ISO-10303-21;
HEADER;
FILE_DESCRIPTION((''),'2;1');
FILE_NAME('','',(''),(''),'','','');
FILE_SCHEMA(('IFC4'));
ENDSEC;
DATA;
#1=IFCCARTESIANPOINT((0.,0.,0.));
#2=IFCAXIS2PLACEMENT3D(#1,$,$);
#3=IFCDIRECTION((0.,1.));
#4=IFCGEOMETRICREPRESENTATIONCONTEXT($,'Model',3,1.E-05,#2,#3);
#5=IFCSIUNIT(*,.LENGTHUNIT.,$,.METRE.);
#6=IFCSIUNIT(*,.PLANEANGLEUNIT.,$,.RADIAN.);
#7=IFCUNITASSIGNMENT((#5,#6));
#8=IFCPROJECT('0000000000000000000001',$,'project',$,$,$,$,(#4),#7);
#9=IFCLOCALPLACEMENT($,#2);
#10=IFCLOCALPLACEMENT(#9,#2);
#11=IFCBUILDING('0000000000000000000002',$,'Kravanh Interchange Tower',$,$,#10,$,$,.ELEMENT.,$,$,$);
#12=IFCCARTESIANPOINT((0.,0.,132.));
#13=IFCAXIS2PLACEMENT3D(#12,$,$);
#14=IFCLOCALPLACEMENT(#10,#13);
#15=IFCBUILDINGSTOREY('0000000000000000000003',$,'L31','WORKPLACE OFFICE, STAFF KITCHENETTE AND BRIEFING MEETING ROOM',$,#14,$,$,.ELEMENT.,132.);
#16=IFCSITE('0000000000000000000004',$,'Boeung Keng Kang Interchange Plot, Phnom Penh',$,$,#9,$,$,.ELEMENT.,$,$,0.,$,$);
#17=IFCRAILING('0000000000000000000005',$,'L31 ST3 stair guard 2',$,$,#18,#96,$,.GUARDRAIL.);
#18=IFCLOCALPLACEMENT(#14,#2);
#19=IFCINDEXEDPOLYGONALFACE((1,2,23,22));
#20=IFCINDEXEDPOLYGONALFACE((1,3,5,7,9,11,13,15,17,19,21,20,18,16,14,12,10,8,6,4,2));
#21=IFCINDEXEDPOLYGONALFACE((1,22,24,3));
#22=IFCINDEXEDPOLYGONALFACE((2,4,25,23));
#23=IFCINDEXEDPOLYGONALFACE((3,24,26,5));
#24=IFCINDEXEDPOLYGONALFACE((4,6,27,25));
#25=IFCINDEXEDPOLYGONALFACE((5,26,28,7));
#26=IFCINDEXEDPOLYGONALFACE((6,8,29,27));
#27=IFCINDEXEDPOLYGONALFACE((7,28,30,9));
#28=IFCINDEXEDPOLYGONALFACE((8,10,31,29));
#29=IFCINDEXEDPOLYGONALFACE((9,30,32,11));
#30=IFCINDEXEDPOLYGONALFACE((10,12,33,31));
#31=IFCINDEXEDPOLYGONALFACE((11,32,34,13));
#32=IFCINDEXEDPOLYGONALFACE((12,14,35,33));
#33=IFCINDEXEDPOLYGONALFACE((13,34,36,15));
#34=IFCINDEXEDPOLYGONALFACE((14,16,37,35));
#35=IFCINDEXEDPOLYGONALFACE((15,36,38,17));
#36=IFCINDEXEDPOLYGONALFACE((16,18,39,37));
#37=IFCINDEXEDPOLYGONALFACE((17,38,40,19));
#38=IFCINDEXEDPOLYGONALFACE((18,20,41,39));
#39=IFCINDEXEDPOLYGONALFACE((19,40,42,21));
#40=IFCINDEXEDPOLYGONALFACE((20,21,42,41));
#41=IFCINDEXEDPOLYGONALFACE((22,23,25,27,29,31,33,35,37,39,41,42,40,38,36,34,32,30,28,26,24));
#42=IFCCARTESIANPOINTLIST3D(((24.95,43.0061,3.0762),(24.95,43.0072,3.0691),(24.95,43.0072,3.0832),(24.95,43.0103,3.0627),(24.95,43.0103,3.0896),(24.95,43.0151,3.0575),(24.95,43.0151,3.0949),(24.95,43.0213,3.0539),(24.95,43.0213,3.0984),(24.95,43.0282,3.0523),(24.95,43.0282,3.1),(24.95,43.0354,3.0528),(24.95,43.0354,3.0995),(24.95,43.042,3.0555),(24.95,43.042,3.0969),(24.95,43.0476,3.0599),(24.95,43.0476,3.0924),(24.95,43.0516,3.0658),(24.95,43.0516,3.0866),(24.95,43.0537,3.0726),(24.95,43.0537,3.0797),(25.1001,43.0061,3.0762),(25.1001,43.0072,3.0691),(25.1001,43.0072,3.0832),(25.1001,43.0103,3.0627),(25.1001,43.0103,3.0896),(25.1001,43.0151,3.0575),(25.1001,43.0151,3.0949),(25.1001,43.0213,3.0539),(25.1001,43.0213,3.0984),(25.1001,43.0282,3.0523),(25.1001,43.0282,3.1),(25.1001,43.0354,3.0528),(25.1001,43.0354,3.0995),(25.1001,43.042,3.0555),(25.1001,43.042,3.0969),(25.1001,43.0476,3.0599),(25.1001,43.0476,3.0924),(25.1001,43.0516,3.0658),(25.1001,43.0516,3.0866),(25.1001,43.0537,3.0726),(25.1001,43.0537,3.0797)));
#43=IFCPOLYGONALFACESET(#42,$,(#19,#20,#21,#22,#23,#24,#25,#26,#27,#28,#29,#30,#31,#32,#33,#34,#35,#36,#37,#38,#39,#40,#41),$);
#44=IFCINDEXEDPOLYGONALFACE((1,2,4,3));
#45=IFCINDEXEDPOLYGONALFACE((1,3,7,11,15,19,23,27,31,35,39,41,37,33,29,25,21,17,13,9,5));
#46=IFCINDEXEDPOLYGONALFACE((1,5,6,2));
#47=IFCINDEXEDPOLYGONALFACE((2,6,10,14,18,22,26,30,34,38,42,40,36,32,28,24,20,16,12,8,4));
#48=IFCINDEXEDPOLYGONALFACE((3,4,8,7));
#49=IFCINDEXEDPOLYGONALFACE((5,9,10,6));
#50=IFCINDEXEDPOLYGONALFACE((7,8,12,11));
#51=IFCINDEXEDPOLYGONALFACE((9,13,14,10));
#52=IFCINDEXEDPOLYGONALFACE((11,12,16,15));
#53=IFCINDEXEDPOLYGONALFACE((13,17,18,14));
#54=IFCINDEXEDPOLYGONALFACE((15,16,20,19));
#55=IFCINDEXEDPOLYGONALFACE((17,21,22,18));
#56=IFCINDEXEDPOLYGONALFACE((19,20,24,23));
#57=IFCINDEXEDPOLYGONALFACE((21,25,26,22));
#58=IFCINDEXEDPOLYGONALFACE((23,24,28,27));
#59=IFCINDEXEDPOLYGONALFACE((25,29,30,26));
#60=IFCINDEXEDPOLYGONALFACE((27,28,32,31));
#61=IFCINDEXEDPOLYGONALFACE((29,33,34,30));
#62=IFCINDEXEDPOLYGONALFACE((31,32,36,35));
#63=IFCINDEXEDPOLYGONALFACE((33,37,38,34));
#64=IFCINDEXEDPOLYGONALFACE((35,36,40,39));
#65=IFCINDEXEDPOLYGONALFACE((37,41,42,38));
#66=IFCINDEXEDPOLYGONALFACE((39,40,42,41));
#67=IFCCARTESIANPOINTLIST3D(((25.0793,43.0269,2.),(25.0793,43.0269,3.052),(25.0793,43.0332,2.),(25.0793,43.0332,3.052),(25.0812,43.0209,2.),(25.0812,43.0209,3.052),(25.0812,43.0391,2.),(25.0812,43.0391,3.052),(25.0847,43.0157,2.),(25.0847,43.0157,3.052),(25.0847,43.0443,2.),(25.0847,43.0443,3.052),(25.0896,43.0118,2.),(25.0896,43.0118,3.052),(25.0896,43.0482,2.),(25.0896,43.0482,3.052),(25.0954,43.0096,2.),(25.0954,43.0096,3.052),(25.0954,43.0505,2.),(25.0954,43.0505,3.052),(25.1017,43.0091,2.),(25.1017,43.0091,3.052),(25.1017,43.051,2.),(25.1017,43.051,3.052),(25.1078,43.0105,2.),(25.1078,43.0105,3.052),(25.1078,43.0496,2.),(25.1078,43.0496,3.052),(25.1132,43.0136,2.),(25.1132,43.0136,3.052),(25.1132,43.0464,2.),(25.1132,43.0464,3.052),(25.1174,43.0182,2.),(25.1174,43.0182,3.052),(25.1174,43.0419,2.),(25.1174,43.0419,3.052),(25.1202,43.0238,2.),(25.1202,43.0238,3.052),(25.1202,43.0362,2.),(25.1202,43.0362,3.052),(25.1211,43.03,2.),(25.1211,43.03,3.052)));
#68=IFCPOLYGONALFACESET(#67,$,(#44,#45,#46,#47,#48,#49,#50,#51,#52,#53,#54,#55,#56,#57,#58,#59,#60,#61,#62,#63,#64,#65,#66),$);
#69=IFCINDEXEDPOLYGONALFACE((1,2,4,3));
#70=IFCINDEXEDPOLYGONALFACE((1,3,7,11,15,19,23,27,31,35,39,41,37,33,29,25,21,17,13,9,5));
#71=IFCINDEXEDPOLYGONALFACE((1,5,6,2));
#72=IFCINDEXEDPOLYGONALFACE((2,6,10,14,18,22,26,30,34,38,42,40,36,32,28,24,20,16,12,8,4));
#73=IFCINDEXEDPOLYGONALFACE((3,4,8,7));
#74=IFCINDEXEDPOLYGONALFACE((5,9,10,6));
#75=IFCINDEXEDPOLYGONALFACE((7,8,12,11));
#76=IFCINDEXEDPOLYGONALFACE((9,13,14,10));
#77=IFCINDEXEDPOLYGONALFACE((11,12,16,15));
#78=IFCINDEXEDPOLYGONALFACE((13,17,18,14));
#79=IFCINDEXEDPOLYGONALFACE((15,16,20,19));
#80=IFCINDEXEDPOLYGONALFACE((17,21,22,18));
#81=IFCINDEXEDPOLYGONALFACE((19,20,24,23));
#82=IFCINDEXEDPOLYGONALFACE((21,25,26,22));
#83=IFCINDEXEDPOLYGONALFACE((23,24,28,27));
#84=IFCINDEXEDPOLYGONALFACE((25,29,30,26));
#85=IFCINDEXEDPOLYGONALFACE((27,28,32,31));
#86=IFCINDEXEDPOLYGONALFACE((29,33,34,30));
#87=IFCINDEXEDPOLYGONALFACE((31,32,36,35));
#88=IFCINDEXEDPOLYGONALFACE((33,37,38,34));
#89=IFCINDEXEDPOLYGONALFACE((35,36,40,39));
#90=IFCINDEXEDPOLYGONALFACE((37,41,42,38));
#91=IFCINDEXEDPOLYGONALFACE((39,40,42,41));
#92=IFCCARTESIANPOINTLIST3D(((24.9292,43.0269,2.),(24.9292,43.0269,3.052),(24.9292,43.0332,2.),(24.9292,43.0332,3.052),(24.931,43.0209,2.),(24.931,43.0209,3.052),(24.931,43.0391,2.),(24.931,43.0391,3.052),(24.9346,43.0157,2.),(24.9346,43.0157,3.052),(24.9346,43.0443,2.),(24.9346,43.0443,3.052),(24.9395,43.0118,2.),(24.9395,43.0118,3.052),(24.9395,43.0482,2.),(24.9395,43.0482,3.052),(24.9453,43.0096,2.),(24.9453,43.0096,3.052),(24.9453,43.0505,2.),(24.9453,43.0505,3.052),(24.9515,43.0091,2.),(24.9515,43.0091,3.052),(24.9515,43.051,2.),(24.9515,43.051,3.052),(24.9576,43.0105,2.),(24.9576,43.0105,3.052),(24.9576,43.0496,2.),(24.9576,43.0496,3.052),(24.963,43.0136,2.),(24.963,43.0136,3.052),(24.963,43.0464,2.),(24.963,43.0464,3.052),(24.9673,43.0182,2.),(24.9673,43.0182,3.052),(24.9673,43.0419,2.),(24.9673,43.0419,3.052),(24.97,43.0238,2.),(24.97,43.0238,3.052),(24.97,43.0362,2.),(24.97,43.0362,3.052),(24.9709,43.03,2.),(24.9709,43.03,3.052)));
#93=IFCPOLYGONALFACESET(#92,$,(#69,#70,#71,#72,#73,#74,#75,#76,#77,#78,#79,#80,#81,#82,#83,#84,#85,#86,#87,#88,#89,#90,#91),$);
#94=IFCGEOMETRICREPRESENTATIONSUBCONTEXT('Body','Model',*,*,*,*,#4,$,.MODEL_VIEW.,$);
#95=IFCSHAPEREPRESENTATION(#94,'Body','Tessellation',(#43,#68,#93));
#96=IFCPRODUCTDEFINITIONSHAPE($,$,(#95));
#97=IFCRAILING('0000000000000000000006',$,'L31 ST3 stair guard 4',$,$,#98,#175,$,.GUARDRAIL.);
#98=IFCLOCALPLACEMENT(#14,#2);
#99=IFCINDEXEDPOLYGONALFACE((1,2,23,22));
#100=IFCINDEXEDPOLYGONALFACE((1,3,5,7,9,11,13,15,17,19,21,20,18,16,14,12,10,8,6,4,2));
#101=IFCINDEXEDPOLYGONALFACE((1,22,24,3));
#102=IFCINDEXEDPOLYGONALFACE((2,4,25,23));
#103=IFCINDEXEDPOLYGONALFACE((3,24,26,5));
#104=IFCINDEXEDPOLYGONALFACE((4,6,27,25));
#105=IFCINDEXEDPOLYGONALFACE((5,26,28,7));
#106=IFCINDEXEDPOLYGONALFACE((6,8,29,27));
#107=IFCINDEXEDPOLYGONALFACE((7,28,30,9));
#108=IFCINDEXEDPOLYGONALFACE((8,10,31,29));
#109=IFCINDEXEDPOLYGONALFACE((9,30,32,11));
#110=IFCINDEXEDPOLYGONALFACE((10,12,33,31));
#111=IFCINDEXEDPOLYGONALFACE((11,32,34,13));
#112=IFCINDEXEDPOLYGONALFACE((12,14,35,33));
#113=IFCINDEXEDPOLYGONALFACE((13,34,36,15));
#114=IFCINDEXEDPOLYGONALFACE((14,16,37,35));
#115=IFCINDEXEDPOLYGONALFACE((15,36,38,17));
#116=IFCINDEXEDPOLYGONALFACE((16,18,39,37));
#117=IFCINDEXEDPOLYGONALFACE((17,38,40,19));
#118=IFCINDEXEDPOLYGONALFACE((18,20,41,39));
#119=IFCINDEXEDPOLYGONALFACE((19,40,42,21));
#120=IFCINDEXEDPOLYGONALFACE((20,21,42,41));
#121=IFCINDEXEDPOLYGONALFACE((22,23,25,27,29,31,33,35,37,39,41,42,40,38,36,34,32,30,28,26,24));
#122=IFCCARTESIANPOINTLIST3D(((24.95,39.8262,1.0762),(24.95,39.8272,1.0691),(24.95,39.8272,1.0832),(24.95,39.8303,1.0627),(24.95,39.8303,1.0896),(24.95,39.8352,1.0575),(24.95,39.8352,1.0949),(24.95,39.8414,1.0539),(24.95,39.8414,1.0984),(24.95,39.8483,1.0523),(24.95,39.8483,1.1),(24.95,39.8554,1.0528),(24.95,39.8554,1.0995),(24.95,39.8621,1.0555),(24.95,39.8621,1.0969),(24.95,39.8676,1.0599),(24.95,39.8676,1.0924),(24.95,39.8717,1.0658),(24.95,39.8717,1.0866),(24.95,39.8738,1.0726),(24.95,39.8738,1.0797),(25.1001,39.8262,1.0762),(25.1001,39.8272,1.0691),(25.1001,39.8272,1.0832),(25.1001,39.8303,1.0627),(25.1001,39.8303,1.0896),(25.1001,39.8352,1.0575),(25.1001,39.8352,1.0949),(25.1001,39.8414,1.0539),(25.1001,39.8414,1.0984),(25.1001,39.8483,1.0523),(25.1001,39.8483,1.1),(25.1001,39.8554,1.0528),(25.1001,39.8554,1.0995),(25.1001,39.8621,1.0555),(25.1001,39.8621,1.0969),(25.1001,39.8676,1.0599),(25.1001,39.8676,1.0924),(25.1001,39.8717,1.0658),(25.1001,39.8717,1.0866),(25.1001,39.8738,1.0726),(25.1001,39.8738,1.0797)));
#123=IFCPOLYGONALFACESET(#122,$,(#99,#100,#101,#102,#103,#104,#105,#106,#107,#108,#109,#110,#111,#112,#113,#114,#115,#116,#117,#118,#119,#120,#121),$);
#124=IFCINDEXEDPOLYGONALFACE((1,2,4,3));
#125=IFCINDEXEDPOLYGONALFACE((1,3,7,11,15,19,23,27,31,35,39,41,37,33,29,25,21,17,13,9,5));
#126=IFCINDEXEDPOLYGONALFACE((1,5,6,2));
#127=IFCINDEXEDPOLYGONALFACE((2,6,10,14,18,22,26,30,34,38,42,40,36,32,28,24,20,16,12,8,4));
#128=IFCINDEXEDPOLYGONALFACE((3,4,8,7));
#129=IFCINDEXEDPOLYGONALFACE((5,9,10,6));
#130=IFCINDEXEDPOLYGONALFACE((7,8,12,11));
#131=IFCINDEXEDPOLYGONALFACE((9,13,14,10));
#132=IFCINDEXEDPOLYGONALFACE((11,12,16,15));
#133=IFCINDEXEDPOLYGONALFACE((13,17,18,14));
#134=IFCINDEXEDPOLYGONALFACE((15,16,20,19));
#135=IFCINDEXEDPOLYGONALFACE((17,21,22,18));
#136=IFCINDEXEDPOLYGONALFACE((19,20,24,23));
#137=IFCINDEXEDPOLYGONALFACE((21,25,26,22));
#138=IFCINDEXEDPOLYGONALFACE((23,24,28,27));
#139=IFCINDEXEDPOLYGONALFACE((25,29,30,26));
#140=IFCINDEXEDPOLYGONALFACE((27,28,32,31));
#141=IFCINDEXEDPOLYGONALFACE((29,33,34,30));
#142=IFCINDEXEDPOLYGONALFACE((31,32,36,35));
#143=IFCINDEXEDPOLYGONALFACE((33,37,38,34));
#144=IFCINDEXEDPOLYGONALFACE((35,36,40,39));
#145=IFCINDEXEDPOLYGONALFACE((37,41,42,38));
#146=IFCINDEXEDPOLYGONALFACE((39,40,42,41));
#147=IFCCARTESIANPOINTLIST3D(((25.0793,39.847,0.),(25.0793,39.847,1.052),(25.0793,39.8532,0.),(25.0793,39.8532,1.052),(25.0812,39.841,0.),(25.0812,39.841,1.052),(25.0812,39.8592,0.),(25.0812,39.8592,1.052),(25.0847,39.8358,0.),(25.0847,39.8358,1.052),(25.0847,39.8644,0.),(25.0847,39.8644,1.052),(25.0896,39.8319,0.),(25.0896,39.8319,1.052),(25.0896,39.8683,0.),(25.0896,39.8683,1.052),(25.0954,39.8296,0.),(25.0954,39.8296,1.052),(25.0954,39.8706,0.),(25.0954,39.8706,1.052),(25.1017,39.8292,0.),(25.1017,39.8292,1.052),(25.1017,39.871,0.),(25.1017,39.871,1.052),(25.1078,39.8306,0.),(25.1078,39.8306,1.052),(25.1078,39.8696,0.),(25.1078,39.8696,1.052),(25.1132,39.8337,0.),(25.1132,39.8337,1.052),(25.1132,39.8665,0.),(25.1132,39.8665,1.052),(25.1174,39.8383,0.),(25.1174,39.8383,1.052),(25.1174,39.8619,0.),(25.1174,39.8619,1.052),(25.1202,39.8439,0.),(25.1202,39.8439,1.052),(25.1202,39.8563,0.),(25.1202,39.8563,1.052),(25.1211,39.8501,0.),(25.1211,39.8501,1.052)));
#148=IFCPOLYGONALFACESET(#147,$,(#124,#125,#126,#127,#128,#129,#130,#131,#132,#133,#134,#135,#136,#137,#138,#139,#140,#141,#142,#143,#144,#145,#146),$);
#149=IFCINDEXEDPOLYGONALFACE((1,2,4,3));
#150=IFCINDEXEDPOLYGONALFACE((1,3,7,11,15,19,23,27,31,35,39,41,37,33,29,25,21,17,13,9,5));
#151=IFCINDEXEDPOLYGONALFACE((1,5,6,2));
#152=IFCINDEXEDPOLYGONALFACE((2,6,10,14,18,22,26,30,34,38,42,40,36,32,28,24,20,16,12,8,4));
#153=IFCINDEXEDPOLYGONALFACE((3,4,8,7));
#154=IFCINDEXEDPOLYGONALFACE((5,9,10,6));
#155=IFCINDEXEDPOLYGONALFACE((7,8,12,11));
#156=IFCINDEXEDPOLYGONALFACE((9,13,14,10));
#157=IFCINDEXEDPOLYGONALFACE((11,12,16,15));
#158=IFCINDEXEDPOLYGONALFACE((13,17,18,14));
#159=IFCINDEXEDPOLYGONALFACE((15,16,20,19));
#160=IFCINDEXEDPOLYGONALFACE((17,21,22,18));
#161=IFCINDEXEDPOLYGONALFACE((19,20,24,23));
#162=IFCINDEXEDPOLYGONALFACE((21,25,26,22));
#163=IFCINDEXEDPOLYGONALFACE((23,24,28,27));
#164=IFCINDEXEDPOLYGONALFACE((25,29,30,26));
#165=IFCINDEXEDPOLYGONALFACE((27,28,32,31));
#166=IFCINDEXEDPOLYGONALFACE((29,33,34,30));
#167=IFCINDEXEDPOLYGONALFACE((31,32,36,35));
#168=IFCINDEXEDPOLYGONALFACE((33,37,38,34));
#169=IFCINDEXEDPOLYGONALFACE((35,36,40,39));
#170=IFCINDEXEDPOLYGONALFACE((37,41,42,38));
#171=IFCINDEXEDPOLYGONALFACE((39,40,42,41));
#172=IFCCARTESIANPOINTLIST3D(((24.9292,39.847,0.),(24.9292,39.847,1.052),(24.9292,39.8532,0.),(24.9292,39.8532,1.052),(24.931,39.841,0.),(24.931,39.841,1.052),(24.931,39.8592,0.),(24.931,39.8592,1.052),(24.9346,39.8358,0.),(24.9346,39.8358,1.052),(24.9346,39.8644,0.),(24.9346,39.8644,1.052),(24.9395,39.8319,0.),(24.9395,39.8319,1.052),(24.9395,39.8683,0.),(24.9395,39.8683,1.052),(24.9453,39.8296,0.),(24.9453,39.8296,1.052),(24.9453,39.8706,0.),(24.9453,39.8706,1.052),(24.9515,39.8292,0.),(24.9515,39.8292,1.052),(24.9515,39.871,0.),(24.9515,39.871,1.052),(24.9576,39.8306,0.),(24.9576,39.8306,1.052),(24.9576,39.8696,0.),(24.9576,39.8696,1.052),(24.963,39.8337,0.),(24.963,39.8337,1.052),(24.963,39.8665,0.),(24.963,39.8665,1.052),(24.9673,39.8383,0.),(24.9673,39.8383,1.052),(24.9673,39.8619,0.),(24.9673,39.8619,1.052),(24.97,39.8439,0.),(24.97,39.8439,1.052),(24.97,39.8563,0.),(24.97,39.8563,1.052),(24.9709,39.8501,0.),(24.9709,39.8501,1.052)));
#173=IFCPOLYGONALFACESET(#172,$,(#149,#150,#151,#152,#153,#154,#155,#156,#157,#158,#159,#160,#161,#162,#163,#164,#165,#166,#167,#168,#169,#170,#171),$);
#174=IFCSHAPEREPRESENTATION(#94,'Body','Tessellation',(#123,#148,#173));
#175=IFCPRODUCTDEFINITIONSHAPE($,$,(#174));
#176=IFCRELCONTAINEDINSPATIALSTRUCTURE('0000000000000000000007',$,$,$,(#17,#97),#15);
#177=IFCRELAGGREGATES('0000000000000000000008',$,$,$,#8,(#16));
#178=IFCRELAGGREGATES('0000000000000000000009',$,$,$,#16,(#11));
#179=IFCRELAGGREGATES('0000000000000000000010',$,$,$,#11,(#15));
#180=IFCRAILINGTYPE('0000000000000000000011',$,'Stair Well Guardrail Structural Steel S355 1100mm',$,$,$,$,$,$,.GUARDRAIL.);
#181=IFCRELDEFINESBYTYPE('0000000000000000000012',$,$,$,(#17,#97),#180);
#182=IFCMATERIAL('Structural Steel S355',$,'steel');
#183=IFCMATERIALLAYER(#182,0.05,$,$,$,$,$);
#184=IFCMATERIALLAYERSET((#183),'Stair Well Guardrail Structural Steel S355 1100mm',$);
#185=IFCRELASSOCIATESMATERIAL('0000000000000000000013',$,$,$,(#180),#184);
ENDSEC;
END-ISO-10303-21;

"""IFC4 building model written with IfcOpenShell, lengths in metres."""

from ifc_helpers import new_model, si_unit, direction, frame, origin, origin_2d, place, context, subcontext, project, spatial, circle, extrude, material, layer, layer_set, type_object, element, save


model = new_model("IFC4")

# Units and contexts
model_context = context("Model", 3, precision=1e-05, world=origin(), true_north=direction((0.0, 1.0)))
body_context = subcontext(model_context, "Body", "Model", "MODEL_VIEW")
ifc_project = project(units=[si_unit("LENGTHUNIT", "METRE"), si_unit("PLANEANGLEUNIT", "RADIAN")], contexts=[model_context])

# Site, building, storey
site_placement = place(None, origin())
site = spatial("IfcSite", under=ifc_project, at=site_placement, Name="Boeung Keng Kang Interchange Plot, Phnom Penh", CompositionType="ELEMENT", RefElevation=0.0)
building_placement = place(site_placement, origin())
building = spatial("IfcBuilding", under=site, at=building_placement, Name="Kravanh Interchange Tower", CompositionType="ELEMENT")
storey_placement = place(building_placement, frame((0.0, 0.0, 132.0)))
storey = spatial("IfcBuildingStorey", under=building, at=storey_placement, Name="L31", Description="WORKPLACE OFFICE, STAFF KITCHENETTE AND BRIEFING MEETING ROOM", CompositionType="ELEMENT", Elevation=132.0)

# Railings
ifc_material_1 = material(Name="Structural Steel S355", Category="steel")
ifc_layer_1 = layer(ifc_material_1, 0.05)
ifc_layer_set_1 = layer_set([ifc_layer_1], Name="Stair Well Guardrail Structural Steel S355 1100mm")
railing_type_1 = type_object("IfcRailingType", Name="Stair Well Guardrail Structural Steel S355 1100mm", PredefinedType="GUARDRAIL", material=ifc_layer_set_1)
for number, where, name in (
    (1, (25.1001, 43.03, 2.0), "L31 ST3 stair guard 2"),
    (2, (25.1001, 39.8501, 0.0), "L31 ST3 stair guard 4"),
):
    element("IfcRailing", number, at=place(storey_placement, frame(where)), inside=storey, type_object=railing_type_1, Name=name, PredefinedType="GUARDRAIL", context=body_context, shape_type="SweptSolid", body=[
        extrude(circle(Radius=0.0239, at=origin_2d()), frame((0.0, 0.0, 1.0762), z_axis=(-1.0, 0.0, 0.0), x_axis=(0.0, -1.0, 0.0)), (0.0, 0.0, 1.0), 0.1501),
        extrude(circle(Radius=0.021, at=origin_2d()), origin(), (0.0, 0.0, 1.0), 1.052),
        extrude(circle(Radius=0.021, at=origin_2d()), frame((-0.1501, 0.0, 0.0)), (0.0, 0.0, 1.0), 1.052),
    ])

save(model, "model.ifc")
